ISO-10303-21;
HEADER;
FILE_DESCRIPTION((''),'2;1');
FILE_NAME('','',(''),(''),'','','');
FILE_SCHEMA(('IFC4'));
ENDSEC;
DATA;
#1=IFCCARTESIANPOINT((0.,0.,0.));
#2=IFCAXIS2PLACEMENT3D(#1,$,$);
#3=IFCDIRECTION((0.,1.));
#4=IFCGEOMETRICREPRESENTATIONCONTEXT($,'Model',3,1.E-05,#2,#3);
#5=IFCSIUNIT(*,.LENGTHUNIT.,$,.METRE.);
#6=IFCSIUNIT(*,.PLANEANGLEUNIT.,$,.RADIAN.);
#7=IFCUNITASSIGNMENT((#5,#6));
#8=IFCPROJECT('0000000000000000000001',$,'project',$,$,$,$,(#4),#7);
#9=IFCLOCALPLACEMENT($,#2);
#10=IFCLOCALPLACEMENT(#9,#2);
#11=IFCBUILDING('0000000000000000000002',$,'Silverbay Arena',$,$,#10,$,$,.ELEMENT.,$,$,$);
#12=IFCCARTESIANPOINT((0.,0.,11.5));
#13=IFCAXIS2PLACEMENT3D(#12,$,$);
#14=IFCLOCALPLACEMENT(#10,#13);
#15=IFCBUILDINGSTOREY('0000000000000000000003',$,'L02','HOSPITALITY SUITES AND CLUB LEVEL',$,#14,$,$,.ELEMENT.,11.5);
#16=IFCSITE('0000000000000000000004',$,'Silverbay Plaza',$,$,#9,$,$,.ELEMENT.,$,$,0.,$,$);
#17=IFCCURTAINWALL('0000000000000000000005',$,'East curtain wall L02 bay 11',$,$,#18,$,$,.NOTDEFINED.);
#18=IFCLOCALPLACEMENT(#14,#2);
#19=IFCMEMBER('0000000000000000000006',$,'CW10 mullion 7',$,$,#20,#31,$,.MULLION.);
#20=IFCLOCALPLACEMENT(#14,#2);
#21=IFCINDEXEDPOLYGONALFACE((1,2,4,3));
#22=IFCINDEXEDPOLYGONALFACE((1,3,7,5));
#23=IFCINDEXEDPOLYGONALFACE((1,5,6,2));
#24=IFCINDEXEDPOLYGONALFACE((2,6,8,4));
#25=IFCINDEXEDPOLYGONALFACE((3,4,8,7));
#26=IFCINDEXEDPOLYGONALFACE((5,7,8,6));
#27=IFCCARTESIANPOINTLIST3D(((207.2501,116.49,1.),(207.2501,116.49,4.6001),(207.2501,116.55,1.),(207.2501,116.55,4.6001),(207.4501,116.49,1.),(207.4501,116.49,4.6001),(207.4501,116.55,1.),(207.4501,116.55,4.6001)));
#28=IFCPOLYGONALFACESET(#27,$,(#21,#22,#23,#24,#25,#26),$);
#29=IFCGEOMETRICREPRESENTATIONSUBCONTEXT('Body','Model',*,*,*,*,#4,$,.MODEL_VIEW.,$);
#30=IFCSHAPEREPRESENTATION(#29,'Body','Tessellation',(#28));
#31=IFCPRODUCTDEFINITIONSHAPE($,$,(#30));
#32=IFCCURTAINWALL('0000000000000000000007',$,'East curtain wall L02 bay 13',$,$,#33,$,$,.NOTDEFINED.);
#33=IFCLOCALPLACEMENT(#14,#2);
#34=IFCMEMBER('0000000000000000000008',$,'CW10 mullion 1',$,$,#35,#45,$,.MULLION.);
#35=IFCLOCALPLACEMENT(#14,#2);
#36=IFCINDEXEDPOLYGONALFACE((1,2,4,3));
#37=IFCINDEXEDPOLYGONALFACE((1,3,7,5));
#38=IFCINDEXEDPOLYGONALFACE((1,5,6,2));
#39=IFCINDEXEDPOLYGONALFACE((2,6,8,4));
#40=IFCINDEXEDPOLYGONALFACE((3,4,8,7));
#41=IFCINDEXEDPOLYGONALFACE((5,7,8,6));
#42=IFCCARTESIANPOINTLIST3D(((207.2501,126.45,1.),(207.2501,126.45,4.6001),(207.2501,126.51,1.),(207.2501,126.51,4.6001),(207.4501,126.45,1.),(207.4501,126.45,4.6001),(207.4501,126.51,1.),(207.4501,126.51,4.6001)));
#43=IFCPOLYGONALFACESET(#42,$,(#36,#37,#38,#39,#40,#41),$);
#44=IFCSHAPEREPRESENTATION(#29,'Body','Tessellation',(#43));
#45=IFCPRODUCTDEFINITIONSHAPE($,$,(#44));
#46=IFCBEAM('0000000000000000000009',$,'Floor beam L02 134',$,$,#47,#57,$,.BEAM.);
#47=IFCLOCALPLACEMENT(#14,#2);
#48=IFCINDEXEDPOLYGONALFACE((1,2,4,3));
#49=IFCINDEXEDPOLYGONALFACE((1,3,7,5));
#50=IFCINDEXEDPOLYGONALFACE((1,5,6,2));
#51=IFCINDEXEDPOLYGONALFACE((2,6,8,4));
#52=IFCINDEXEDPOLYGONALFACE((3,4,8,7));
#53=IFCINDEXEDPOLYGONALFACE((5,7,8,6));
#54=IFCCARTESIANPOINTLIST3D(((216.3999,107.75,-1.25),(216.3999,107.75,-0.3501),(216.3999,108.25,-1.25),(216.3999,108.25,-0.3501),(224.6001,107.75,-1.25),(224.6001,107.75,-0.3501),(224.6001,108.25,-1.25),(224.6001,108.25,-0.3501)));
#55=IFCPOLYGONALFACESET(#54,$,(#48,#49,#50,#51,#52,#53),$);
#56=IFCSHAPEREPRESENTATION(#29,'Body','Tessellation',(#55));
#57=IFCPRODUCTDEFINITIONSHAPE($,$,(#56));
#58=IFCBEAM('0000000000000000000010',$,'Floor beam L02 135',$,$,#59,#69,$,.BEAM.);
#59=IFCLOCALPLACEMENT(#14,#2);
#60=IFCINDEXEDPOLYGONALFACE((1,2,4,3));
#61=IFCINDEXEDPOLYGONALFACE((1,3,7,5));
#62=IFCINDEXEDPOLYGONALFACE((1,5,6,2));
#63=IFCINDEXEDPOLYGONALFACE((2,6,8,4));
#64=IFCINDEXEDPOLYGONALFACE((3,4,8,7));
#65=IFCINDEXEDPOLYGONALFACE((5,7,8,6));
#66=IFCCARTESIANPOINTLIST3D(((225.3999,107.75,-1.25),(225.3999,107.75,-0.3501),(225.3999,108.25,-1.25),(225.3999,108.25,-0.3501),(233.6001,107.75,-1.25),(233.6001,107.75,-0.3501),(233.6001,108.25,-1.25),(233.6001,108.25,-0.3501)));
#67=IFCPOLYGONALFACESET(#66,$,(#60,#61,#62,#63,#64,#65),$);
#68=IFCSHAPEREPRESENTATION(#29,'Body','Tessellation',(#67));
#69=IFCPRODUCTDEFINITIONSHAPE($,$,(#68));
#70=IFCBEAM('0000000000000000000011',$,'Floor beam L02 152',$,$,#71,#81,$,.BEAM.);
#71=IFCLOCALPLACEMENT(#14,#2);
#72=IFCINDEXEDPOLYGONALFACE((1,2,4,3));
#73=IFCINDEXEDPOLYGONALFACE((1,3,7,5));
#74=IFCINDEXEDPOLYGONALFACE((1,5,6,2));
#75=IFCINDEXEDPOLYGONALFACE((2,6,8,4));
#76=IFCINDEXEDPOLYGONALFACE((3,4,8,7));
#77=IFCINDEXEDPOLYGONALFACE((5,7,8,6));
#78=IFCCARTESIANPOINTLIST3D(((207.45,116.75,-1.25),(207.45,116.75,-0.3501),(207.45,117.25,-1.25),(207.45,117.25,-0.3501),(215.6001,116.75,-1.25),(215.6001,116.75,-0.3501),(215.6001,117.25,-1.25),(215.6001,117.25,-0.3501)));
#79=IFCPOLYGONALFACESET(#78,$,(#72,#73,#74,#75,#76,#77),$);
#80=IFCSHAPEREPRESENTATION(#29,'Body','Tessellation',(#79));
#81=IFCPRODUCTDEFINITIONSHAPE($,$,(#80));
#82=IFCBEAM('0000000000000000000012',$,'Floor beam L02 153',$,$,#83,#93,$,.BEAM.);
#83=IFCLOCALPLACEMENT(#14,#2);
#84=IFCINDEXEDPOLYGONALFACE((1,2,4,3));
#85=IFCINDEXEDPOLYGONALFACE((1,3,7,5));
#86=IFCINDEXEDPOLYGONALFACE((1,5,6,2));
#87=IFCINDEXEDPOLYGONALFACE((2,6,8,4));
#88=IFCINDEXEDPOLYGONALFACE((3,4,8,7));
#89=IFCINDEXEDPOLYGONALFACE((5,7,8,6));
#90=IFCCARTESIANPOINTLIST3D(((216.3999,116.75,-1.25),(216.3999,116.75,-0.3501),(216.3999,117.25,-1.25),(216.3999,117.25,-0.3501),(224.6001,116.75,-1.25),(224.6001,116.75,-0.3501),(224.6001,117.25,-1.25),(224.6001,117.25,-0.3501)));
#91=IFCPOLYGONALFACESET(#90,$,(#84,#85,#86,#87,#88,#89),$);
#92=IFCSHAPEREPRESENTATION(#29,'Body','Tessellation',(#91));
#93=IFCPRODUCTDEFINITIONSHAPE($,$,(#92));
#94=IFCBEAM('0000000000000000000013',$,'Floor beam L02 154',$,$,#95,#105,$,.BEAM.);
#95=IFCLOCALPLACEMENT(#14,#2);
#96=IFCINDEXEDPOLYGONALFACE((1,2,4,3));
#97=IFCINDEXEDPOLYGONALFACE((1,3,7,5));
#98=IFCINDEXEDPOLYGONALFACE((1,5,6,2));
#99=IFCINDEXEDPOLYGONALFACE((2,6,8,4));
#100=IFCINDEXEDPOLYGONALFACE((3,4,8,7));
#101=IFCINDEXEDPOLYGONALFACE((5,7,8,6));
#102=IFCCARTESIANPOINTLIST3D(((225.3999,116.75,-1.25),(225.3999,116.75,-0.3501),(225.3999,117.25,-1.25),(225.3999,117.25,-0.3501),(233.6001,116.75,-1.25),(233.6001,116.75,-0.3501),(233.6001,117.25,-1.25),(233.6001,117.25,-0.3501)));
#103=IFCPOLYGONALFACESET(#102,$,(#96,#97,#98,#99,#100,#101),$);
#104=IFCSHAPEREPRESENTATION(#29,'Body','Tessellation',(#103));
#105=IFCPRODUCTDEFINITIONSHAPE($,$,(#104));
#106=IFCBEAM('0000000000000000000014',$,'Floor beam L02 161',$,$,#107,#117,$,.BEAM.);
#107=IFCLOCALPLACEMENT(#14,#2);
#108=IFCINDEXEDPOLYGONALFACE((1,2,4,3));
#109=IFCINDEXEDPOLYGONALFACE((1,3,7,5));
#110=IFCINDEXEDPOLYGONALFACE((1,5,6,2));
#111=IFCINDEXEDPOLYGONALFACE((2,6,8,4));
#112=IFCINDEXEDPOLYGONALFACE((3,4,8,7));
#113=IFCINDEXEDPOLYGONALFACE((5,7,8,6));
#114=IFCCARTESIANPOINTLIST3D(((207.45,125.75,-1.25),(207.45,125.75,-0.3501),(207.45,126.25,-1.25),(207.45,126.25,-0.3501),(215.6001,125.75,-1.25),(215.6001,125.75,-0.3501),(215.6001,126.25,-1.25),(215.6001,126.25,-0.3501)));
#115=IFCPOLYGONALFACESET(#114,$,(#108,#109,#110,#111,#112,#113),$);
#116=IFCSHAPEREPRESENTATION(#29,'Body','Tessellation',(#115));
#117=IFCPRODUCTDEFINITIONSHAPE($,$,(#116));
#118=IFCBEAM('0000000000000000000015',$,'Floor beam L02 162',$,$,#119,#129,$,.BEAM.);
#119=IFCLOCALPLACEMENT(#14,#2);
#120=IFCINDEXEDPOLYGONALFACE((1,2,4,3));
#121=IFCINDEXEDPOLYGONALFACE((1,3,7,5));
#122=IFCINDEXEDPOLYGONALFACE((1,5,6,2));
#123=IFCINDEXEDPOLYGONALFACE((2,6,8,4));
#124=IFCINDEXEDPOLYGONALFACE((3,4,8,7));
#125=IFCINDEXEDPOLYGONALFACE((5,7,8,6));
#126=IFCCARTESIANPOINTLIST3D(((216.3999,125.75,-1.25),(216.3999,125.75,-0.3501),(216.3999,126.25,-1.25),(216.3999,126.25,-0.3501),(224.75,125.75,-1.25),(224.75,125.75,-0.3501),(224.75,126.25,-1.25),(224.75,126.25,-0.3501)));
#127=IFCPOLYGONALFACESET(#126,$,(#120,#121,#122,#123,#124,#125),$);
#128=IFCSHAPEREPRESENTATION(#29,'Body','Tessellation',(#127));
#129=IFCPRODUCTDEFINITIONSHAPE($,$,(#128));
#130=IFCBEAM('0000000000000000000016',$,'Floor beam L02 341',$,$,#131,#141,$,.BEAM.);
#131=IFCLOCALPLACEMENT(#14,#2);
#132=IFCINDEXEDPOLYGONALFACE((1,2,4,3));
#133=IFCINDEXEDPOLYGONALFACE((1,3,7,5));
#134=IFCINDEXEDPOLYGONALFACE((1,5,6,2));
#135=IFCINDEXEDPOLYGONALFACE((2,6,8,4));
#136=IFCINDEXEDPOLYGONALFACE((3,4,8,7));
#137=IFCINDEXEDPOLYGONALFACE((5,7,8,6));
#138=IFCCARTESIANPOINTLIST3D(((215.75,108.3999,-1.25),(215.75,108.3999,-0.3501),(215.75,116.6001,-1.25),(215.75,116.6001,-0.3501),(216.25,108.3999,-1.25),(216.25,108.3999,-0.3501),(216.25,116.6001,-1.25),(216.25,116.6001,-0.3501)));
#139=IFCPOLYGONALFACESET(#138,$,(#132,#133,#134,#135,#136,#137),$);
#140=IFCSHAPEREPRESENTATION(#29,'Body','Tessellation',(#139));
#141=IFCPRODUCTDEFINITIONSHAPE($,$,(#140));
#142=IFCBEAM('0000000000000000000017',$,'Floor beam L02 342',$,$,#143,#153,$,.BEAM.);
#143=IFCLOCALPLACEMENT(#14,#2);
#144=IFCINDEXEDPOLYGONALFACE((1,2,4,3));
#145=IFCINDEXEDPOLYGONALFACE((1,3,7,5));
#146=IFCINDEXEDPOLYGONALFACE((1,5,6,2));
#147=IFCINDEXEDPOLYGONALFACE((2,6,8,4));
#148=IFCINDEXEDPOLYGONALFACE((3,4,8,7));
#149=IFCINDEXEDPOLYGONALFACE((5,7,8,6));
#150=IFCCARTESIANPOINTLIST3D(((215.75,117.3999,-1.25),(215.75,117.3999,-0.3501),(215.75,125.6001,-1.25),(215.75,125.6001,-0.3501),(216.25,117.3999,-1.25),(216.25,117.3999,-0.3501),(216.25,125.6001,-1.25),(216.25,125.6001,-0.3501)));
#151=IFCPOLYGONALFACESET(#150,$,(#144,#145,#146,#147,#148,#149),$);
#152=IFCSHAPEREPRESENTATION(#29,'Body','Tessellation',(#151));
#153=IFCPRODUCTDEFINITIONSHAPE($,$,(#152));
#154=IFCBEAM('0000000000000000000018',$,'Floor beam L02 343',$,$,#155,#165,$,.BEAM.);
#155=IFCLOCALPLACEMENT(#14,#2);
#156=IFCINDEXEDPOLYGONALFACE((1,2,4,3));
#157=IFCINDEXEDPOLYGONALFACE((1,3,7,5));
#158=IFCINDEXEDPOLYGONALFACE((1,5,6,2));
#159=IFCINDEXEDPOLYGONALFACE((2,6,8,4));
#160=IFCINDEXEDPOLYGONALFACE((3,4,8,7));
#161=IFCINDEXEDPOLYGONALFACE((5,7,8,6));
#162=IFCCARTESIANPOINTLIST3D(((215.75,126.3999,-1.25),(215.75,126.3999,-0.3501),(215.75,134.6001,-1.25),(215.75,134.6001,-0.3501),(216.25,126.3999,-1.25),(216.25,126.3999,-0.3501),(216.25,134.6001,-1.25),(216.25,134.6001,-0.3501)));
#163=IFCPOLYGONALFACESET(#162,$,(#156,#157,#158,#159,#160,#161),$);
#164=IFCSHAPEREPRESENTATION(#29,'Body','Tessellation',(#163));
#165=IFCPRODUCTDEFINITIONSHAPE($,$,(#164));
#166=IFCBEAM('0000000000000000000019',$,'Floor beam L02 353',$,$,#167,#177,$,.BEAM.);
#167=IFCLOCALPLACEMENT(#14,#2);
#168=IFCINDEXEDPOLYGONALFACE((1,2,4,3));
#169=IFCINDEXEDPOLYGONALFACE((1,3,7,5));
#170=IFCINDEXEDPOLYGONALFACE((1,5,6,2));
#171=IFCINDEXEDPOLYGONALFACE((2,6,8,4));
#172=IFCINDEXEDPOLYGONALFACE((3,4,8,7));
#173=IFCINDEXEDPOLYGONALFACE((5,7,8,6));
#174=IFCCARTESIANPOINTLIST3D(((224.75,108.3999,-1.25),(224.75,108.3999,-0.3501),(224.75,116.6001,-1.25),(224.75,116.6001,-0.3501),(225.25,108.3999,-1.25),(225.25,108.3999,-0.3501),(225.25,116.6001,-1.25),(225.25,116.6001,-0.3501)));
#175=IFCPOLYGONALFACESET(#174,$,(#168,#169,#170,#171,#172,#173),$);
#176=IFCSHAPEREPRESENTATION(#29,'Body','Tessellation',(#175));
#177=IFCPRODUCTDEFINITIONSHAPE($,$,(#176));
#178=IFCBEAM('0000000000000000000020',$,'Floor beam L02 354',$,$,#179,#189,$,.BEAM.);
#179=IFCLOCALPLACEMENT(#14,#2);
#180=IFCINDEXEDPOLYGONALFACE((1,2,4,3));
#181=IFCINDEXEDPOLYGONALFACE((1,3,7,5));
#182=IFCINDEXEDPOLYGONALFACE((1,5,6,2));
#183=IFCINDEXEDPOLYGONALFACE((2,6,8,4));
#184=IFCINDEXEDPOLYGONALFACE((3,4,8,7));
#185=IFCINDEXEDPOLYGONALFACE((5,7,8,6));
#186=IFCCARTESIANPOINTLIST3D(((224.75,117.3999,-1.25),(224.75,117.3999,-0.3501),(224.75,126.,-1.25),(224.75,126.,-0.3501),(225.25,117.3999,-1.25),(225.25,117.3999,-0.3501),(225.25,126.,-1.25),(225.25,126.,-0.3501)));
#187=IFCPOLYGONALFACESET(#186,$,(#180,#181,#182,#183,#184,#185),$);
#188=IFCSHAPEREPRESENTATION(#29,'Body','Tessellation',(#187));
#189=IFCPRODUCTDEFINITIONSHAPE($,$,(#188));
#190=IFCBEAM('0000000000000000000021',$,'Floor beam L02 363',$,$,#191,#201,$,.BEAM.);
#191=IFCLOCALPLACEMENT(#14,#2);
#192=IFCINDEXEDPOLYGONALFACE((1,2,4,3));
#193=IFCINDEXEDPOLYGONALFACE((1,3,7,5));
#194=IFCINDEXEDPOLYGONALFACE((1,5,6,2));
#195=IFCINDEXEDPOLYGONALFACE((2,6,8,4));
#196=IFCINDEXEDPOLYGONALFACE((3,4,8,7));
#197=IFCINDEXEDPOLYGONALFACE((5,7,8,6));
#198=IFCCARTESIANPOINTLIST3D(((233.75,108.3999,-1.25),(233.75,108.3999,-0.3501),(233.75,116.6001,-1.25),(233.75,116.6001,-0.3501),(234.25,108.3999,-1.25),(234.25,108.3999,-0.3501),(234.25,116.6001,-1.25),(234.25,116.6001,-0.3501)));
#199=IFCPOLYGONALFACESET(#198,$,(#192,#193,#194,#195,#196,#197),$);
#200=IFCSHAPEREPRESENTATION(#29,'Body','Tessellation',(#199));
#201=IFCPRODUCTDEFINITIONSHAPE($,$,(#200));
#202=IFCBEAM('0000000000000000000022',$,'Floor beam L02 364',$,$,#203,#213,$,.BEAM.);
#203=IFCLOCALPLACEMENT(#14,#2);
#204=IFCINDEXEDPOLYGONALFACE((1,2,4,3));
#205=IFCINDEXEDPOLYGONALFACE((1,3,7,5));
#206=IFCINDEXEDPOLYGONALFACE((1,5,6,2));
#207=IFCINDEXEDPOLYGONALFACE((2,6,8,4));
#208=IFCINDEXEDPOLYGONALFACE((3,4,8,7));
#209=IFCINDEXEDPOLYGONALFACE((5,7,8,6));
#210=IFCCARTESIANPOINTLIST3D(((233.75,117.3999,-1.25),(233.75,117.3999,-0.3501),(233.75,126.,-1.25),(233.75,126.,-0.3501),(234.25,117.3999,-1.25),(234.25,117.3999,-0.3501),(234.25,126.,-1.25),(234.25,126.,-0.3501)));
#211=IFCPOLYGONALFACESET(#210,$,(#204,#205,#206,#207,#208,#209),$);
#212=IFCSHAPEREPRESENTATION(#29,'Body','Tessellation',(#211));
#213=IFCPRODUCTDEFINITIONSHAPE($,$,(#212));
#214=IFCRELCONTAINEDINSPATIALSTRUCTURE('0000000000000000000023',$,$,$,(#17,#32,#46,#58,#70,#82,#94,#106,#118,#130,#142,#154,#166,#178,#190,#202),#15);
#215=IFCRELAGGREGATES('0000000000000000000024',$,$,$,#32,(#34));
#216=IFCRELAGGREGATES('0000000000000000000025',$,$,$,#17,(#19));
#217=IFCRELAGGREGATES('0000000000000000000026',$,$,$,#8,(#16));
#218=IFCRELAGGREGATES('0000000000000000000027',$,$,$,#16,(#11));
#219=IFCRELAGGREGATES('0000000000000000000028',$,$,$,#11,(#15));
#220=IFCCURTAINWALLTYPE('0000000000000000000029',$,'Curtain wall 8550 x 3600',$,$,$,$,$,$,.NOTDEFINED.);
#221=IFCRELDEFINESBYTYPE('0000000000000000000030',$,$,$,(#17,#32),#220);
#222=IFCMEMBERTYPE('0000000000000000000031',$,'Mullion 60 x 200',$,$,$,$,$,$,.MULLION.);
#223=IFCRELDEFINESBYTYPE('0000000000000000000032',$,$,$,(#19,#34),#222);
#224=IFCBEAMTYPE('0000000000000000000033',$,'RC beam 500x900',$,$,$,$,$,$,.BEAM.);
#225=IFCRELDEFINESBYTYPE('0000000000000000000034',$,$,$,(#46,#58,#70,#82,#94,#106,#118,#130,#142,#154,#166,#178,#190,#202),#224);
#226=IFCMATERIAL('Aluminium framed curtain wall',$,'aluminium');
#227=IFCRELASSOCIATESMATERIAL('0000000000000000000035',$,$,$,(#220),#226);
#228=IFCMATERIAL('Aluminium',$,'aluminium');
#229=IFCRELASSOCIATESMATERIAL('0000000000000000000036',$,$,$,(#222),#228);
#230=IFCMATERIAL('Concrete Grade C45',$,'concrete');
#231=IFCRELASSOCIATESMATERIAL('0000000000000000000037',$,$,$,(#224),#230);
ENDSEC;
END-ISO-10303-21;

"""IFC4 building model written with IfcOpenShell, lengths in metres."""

from ifc_helpers import new_model, si_unit, direction, frame, origin, origin_2d, place, context, subcontext, project, spatial, rectangle, extrude, material, material_profile, profile_set, type_object, element, aggregate, save


model = new_model("IFC4")

# Units and contexts
model_context = context("Model", 3, precision=1e-05, world=origin(), true_north=direction((0.0, 1.0)))
body_context = subcontext(model_context, "Body", "Model", "MODEL_VIEW")
ifc_project = project(units=[si_unit("LENGTHUNIT", "METRE"), si_unit("PLANEANGLEUNIT", "RADIAN")], contexts=[model_context])

# Site, building, storey
site_placement = place(None, origin())
site = spatial("IfcSite", under=ifc_project, at=site_placement, Name="Silverbay Plaza", CompositionType="ELEMENT", RefElevation=0.0)
building_placement = place(site_placement, origin())
building = spatial("IfcBuilding", under=site, at=building_placement, Name="Silverbay Arena", CompositionType="ELEMENT")
storey_placement = place(building_placement, frame((0.0, 0.0, 11.5)))
storey = spatial("IfcBuildingStorey", under=building, at=storey_placement, Name="L02", Description="HOSPITALITY SUITES AND CLUB LEVEL", CompositionType="ELEMENT", Elevation=11.5)

# Curtain walls, members
ifc_material_1 = material(Name="Aluminium framed curtain wall", Category="aluminium")
curtain_wall_type = type_object("IfcCurtainWallType", Name="Curtain wall 8550 x 3600", PredefinedType="NOTDEFINED", material=ifc_material_1)
curtain_wall_1_placement = place(storey_placement, origin())
curtain_wall_1 = element("IfcCurtainWall", 1, at=curtain_wall_1_placement, inside=storey, type_object=curtain_wall_type, Name="East curtain wall L02 bay 11", PredefinedType="NOTDEFINED")
ifc_material_2 = material(Name="Aluminium", Category="aluminium")
ifc_material_profile_1 = material_profile(ifc_material_2, rectangle(XDim=0.2, YDim=0.0601, at=origin_2d()), Name="Mullion 60 x 200")
ifc_profile_set_1 = profile_set([ifc_material_profile_1], Name="Aluminium")
member_type_1 = type_object("IfcMemberType", Name="Mullion 60 x 200", PredefinedType="MULLION", material=ifc_profile_set_1)
member_1_placement = place(storey_placement, frame((207.3501, 116.52, 1.0), z_axis=(0.0, 0.0, 1.0), x_axis=(-1.0, 0.0, 0.0)))
member_1 = element("IfcMember", 2, at=member_1_placement, type_object=member_type_1, Name="CW10 mullion 7", PredefinedType="MULLION", context=body_context, shape_type="SweptSolid", body=[
    extrude(rectangle(XDim=0.2, YDim=0.0601, at=origin_2d()), origin(), (0.0, 0.0, 1.0), 3.6001),
])
curtain_wall_2_placement = place(storey_placement, origin())
curtain_wall_2 = element("IfcCurtainWall", 3, at=curtain_wall_2_placement, inside=storey, type_object=curtain_wall_type, Name="East curtain wall L02 bay 13", PredefinedType="NOTDEFINED")
member_2_placement = place(storey_placement, frame((207.3501, 126.48, 1.0), z_axis=(0.0, 0.0, 1.0), x_axis=(-1.0, 0.0, 0.0)))
member_2 = element("IfcMember", 4, at=member_2_placement, type_object=member_type_1, Name="CW10 mullion 1", PredefinedType="MULLION", context=body_context, shape_type="SweptSolid", body=[
    extrude(rectangle(XDim=0.2, YDim=0.0601, at=origin_2d()), origin(), (0.0, 0.0, 1.0), 3.6001),
])

# Beams
ifc_material_3 = material(Name="Concrete Grade C45", Category="concrete")
ifc_material_profile_2 = material_profile(ifc_material_3, rectangle(XDim=0.5, YDim=0.8999, at=origin_2d()), Name="RC 500x900")
ifc_profile_set_2 = profile_set([ifc_material_profile_2], Name="Concrete Grade C45")
beam_type_1 = type_object("IfcBeamType", Name="RC beam 500x900", PredefinedType="BEAM", material=ifc_profile_set_2)
for number, where, z_axis, x_axis, name in (
    (5, (216.3999, 108.0, -0.8), (1.0, 0.0, 0.0), (0.0, 1.0, 0.0), "Floor beam L02 134"),
    (6, (225.3999, 108.0, -0.8), (1.0, 0.0, 0.0), (0.0, 1.0, 0.0), "Floor beam L02 135"),
):
    element("IfcBeam", number, at=place(storey_placement, frame(where, z_axis=z_axis, x_axis=x_axis)), inside=storey, type_object=beam_type_1, Name=name, PredefinedType="BEAM", context=body_context, shape_type="SweptSolid", body=[
        extrude(rectangle(XDim=0.5, YDim=0.8999, at=origin_2d()), origin(), (0.0, 0.0, 1.0), 8.2002),
    ])
beam_1_placement = place(storey_placement, frame((207.45, 117.0, -0.8), z_axis=(1.0, 0.0, 0.0), x_axis=(0.0, 1.0, 0.0)))
element("IfcBeam", 7, at=beam_1_placement, inside=storey, type_object=beam_type_1, Name="Floor beam L02 152", PredefinedType="BEAM", context=body_context, shape_type="SweptSolid", body=[
    extrude(rectangle(XDim=0.5, YDim=0.8999, at=origin_2d()), origin(), (0.0, 0.0, 1.0), 8.1501),
])
for number, where, z_axis, x_axis, name in (
    (8, (216.3999, 117.0, -0.8), (1.0, 0.0, 0.0), (0.0, 1.0, 0.0), "Floor beam L02 153"),
    (9, (225.3999, 117.0, -0.8), (1.0, 0.0, 0.0), (0.0, 1.0, 0.0), "Floor beam L02 154"),
):
    element("IfcBeam", number, at=place(storey_placement, frame(where, z_axis=z_axis, x_axis=x_axis)), inside=storey, type_object=beam_type_1, Name=name, PredefinedType="BEAM", context=body_context, shape_type="SweptSolid", body=[
        extrude(rectangle(XDim=0.5, YDim=0.8999, at=origin_2d()), origin(), (0.0, 0.0, 1.0), 8.2002),
    ])
beam_2_placement = place(storey_placement, frame((207.45, 126.0, -0.8), z_axis=(1.0, 0.0, 0.0), x_axis=(0.0, 1.0, 0.0)))
element("IfcBeam", 10, at=beam_2_placement, inside=storey, type_object=beam_type_1, Name="Floor beam L02 161", PredefinedType="BEAM", context=body_context, shape_type="SweptSolid", body=[
    extrude(rectangle(XDim=0.5, YDim=0.8999, at=origin_2d()), origin(), (0.0, 0.0, 1.0), 8.1501),
])
beam_3_placement = place(storey_placement, frame((216.3999, 126.0, -0.8), z_axis=(1.0, 0.0, 0.0), x_axis=(0.0, 1.0, 0.0)))
element("IfcBeam", 11, at=beam_3_placement, inside=storey, type_object=beam_type_1, Name="Floor beam L02 162", PredefinedType="BEAM", context=body_context, shape_type="SweptSolid", body=[
    extrude(rectangle(XDim=0.5, YDim=0.8999, at=origin_2d()), origin(), (0.0, 0.0, 1.0), 8.3501),
])
for number, where, z_axis, x_axis, name in (
    (12, (216.0, 108.3999, -0.8), (0.0, 1.0, 0.0), (-1.0, 0.0, 0.0), "Floor beam L02 341"),
    (13, (216.0, 117.3999, -0.8), (0.0, 1.0, 0.0), (-1.0, 0.0, 0.0), "Floor beam L02 342"),
    (14, (216.0, 126.3999, -0.8), (0.0, 1.0, 0.0), (-1.0, 0.0, 0.0), "Floor beam L02 343"),
    (15, (225.0, 108.3999, -0.8), (0.0, 1.0, 0.0), (-1.0, 0.0, 0.0), "Floor beam L02 353"),
):
    element("IfcBeam", number, at=place(storey_placement, frame(where, z_axis=z_axis, x_axis=x_axis)), inside=storey, type_object=beam_type_1, Name=name, PredefinedType="BEAM", context=body_context, shape_type="SweptSolid", body=[
        extrude(rectangle(XDim=0.5, YDim=0.8999, at=origin_2d()), origin(), (0.0, 0.0, 1.0), 8.2002),
    ])
beam_4_placement = place(storey_placement, frame((225.0, 117.3999, -0.8), z_axis=(0.0, 1.0, 0.0), x_axis=(-1.0, 0.0, 0.0)))
element("IfcBeam", 16, at=beam_4_placement, inside=storey, type_object=beam_type_1, Name="Floor beam L02 354", PredefinedType="BEAM", context=body_context, shape_type="SweptSolid", body=[
    extrude(rectangle(XDim=0.5, YDim=0.8999, at=origin_2d()), origin(), (0.0, 0.0, 1.0), 8.6001),
])
beam_5_placement = place(storey_placement, frame((234.0, 108.3999, -0.8), z_axis=(0.0, 1.0, 0.0), x_axis=(-1.0, 0.0, 0.0)))
element("IfcBeam", 17, at=beam_5_placement, inside=storey, type_object=beam_type_1, Name="Floor beam L02 363", PredefinedType="BEAM", context=body_context, shape_type="SweptSolid", body=[
    extrude(rectangle(XDim=0.5, YDim=0.8999, at=origin_2d()), origin(), (0.0, 0.0, 1.0), 8.2002),
])
beam_6_placement = place(storey_placement, frame((234.0, 117.3999, -0.8), z_axis=(0.0, 1.0, 0.0), x_axis=(-1.0, 0.0, 0.0)))
element("IfcBeam", 18, at=beam_6_placement, inside=storey, type_object=beam_type_1, Name="Floor beam L02 364", PredefinedType="BEAM", context=body_context, shape_type="SweptSolid", body=[
    extrude(rectangle(XDim=0.5, YDim=0.8999, at=origin_2d()), origin(), (0.0, 0.0, 1.0), 8.6001),
])

aggregate(curtain_wall_2, [member_2])

aggregate(curtain_wall_1, [member_1])

save(model, "model.ifc")
